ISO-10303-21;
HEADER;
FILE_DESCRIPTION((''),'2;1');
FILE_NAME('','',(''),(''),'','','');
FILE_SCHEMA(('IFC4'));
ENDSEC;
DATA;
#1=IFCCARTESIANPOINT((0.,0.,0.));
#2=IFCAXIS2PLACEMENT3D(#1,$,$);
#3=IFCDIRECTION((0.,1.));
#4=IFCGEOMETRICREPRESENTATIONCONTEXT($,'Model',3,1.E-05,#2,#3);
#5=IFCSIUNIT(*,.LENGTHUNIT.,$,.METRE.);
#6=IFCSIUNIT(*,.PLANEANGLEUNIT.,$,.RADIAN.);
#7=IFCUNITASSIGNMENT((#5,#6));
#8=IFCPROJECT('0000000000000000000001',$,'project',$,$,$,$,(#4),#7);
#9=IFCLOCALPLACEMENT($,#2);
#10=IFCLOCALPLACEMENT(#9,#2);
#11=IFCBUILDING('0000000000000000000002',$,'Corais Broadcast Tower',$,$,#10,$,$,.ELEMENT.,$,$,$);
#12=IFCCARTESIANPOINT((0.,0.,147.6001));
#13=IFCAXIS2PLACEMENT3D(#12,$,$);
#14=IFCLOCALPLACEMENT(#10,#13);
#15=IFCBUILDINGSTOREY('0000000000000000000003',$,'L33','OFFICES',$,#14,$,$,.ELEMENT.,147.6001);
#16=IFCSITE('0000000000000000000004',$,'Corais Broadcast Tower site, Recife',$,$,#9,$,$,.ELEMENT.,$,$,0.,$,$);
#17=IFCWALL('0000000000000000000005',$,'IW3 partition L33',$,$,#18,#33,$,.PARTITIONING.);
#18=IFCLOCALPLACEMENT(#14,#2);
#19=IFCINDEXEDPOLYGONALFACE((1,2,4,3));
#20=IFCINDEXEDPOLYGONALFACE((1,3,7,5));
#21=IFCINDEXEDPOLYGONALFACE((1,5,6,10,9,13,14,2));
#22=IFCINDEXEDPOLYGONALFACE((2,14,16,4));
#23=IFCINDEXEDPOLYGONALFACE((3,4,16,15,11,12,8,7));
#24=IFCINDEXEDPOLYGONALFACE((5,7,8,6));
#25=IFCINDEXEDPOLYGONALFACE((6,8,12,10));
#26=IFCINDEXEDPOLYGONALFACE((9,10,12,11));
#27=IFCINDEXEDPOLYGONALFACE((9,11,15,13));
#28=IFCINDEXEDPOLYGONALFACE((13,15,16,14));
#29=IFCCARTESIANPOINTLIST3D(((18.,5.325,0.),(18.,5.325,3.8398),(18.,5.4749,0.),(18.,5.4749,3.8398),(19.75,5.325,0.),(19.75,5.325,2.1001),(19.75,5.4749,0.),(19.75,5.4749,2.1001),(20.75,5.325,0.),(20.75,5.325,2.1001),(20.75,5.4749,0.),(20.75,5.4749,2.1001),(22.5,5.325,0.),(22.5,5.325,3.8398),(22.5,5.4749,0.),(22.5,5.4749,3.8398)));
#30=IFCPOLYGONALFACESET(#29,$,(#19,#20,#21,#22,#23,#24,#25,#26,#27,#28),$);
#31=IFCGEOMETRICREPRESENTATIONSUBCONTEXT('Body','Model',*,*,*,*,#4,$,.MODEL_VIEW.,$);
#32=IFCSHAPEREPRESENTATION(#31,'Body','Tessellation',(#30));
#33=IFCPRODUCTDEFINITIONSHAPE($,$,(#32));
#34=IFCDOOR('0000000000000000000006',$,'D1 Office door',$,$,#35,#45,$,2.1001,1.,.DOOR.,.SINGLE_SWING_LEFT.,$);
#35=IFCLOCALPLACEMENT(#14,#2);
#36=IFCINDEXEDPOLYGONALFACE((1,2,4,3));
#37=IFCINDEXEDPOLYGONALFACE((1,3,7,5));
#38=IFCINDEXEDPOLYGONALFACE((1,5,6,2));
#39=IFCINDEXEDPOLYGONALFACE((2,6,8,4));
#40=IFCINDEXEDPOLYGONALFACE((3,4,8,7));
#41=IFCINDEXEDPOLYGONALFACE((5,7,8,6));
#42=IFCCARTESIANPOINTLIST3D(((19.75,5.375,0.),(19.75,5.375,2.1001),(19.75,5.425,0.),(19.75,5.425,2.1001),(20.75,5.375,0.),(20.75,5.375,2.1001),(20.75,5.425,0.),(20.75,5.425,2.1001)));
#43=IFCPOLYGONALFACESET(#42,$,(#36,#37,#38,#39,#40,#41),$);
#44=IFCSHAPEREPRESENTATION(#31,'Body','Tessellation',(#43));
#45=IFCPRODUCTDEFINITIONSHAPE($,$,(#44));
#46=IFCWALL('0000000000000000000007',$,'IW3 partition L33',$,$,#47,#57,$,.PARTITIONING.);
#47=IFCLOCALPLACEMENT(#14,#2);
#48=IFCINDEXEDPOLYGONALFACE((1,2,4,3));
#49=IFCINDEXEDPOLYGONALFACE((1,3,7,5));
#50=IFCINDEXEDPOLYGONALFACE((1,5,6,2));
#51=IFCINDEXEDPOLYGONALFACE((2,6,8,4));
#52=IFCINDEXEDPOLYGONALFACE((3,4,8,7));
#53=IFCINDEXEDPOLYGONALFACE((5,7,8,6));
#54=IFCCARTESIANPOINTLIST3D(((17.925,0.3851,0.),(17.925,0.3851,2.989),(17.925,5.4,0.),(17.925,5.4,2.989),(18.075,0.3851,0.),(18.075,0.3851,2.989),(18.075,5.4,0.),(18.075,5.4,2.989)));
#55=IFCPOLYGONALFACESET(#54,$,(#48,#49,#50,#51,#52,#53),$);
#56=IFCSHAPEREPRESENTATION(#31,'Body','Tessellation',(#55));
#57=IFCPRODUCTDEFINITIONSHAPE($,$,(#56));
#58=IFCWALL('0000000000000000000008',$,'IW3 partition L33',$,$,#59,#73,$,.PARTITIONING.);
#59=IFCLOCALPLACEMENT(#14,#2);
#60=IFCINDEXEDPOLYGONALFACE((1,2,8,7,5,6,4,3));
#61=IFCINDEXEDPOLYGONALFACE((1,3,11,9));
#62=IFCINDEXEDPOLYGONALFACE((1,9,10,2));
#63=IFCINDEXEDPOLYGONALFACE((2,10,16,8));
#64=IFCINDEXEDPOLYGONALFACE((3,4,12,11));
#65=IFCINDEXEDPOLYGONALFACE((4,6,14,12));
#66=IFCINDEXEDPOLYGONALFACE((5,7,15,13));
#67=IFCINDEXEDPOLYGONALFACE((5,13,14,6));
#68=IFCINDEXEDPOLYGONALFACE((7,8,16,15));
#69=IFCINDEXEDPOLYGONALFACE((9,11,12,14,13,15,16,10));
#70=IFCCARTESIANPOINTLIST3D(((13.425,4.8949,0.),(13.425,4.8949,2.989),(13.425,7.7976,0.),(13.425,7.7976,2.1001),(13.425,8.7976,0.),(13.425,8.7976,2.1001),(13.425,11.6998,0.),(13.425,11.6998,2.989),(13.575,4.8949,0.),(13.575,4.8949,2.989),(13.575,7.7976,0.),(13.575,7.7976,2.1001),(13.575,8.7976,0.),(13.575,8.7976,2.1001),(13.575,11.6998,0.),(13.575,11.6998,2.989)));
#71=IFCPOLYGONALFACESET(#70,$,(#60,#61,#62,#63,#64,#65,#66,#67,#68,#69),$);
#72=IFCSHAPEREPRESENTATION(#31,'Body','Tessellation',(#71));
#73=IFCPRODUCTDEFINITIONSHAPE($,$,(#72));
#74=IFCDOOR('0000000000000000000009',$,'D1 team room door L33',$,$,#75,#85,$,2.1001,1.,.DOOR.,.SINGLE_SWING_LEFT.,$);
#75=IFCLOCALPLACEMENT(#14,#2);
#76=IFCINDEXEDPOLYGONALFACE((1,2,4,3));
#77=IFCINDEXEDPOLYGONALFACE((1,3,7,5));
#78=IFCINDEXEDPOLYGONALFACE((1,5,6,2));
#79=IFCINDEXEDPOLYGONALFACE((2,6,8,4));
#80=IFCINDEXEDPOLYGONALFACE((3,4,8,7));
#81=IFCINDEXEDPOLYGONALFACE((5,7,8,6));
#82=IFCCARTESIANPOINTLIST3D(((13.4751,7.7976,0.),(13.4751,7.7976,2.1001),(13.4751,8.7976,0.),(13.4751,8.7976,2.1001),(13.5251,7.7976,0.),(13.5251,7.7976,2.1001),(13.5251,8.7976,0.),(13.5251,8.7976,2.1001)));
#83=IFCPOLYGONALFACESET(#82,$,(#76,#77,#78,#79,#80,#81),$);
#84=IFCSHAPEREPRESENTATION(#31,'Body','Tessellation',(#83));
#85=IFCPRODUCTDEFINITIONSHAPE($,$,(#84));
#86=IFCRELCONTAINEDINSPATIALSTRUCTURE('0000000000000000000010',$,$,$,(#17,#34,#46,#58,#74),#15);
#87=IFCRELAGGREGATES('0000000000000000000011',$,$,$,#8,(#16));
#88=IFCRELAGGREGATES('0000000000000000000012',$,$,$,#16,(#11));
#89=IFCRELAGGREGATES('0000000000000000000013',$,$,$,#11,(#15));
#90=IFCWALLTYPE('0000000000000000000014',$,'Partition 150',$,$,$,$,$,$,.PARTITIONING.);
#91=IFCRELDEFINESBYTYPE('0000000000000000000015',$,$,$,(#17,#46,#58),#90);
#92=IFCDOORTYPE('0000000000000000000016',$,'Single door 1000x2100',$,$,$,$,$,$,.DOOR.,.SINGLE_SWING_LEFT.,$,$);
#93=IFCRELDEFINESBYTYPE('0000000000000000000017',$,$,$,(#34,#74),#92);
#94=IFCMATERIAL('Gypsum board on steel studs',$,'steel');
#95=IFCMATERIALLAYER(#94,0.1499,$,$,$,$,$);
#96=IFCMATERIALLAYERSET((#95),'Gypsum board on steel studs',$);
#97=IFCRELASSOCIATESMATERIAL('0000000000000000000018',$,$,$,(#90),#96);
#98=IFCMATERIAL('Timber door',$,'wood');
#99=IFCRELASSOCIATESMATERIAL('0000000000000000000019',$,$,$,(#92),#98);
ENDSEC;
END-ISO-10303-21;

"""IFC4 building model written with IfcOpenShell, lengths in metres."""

from ifc_helpers import new_model, si_unit, direction, frame, frame_2d, origin, place, context, subcontext, project, spatial, rectangle, extrude, material, layer, layer_set, type_object, element, fill, save


model = new_model("IFC4")

# Units and contexts
model_context = context("Model", 3, precision=1e-05, world=origin(), true_north=direction((0.0, 1.0)))
body_context = subcontext(model_context, "Body", "Model", "MODEL_VIEW")
ifc_project = project(units=[si_unit("LENGTHUNIT", "METRE"), si_unit("PLANEANGLEUNIT", "RADIAN")], contexts=[model_context])

# Site, building, storey
site_placement = place(None, origin())
site = spatial("IfcSite", under=ifc_project, at=site_placement, Name="Corais Broadcast Tower site, Recife", CompositionType="ELEMENT", RefElevation=0.0)
building_placement = place(site_placement, origin())
building = spatial("IfcBuilding", under=site, at=building_placement, Name="Corais Broadcast Tower", CompositionType="ELEMENT")
storey_placement = place(building_placement, frame((0.0, 0.0, 147.6001)))
storey = spatial("IfcBuildingStorey", under=building, at=storey_placement, Name="L33", Description="OFFICES", CompositionType="ELEMENT", Elevation=147.6001)

# Shared definitions
ifc_material_1 = material(Name="Gypsum board on steel studs", Category="steel")
ifc_layer_1 = layer(ifc_material_1, 0.1499)
ifc_layer_set_1 = layer_set([ifc_layer_1], Name="Gypsum board on steel studs")
wall_type = type_object("IfcWallType", Name="Partition 150", PredefinedType="PARTITIONING", material=ifc_layer_set_1)

# Wall, opening, door
wall_1_placement = place(storey_placement, frame((22.5, 5.3999, 0.0), z_axis=(0.0, 0.0, 1.0), x_axis=(-1.0, 0.0, 0.0)))
wall_1 = element("IfcWall", 1, at=wall_1_placement, inside=storey, type_object=wall_type, Name="IW3 partition L33", PredefinedType="PARTITIONING", context=body_context, shape_type="SweptSolid", body=[
    extrude(rectangle(XDim=4.5, YDim=0.1499, at=frame_2d((2.25, 0.0))), origin(), (0.0, 0.0, 1.0), 3.8398),
])
opening_1_placement = place(wall_1_placement, frame((1.75, 0.0, 0.0)))
opening_1 = element("IfcOpeningElement", 2, at=opening_1_placement, cuts=wall_1, PredefinedType="OPENING", context=body_context, shape_type="SweptSolid", body=[
    extrude(rectangle(XDim=1.0, YDim=2.1001, at=frame_2d((0.5, 1.05))), frame((0.0, 0.085, 0.0), z_axis=(0.0, -1.0, 0.0), x_axis=(1.0, 0.0, 0.0)), (0.0, 0.0, 1.0), 0.1699),
])
ifc_material_2 = material(Name="Timber door", Category="wood")
door_type = type_object("IfcDoorType", Name="Single door 1000x2100", OperationType="SINGLE_SWING_LEFT", PredefinedType="DOOR", material=ifc_material_2)
door_1_placement = place(opening_1_placement, origin())
door_1 = element("IfcDoor", 3, at=door_1_placement, inside=storey, type_object=door_type, Name="D1 Office door", OperationType="SINGLE_SWING_LEFT", OverallHeight=2.1001, OverallWidth=1.0, PredefinedType="DOOR", context=body_context, shape_type="SweptSolid", body=[
    extrude(rectangle(XDim=1.0, YDim=2.1001, at=frame_2d((0.5, 1.05))), frame((0.0, 0.0249, 0.0), z_axis=(0.0, -1.0, 0.0), x_axis=(1.0, 0.0, 0.0)), (0.0, 0.0, 1.0), 0.05),
])
fill(opening_1, door_1)

# Wall
wall_2_placement = place(storey_placement, frame((18.0, 5.3999, 0.0), z_axis=(0.0, 0.0, 1.0), x_axis=(0.0, -1.0, 0.0)))
element("IfcWall", 4, at=wall_2_placement, inside=storey, type_object=wall_type, Name="IW3 partition L33", PredefinedType="PARTITIONING", context=body_context, shape_type="SweptSolid", body=[
    extrude(rectangle(XDim=5.0149, YDim=0.1499, at=frame_2d((2.5073, 0.0))), origin(), (0.0, 0.0, 1.0), 2.989),
])

# Wall, opening, door
wall_3_placement = place(storey_placement, frame((13.5, 4.895, 0.0), z_axis=(0.0, 0.0, 1.0), x_axis=(0.0, 1.0, 0.0)))
wall_3 = element("IfcWall", 5, at=wall_3_placement, inside=storey, type_object=wall_type, Name="IW3 partition L33", PredefinedType="PARTITIONING", context=body_context, shape_type="SweptSolid", body=[
    extrude(rectangle(XDim=6.8049, YDim=0.1499, at=frame_2d((3.4023, 0.0))), origin(), (0.0, 0.0, 1.0), 2.989),
])
opening_2_placement = place(wall_3_placement, frame((2.9026, 0.0, 0.0)))
opening_2 = element("IfcOpeningElement", 6, at=opening_2_placement, cuts=wall_3, PredefinedType="OPENING", context=body_context, shape_type="SweptSolid", body=[
    extrude(rectangle(XDim=1.0, YDim=2.1001, at=frame_2d((0.5, 1.05))), frame((0.0, 0.085, 0.0), z_axis=(0.0, -1.0, 0.0), x_axis=(1.0, 0.0, 0.0)), (0.0, 0.0, 1.0), 0.1699),
])
door_2_placement = place(opening_2_placement, origin())
door_2 = element("IfcDoor", 7, at=door_2_placement, inside=storey, type_object=door_type, Name="D1 team room door L33", OperationType="SINGLE_SWING_LEFT", OverallHeight=2.1001, OverallWidth=1.0, PredefinedType="DOOR", context=body_context, shape_type="SweptSolid", body=[
    extrude(rectangle(XDim=1.0, YDim=2.1001, at=frame_2d((0.5, 1.05))), frame((0.0, 0.0249, 0.0), z_axis=(0.0, -1.0, 0.0), x_axis=(1.0, 0.0, 0.0)), (0.0, 0.0, 1.0), 0.05),
])
fill(opening_2, door_2)

save(model, "model.ifc")
